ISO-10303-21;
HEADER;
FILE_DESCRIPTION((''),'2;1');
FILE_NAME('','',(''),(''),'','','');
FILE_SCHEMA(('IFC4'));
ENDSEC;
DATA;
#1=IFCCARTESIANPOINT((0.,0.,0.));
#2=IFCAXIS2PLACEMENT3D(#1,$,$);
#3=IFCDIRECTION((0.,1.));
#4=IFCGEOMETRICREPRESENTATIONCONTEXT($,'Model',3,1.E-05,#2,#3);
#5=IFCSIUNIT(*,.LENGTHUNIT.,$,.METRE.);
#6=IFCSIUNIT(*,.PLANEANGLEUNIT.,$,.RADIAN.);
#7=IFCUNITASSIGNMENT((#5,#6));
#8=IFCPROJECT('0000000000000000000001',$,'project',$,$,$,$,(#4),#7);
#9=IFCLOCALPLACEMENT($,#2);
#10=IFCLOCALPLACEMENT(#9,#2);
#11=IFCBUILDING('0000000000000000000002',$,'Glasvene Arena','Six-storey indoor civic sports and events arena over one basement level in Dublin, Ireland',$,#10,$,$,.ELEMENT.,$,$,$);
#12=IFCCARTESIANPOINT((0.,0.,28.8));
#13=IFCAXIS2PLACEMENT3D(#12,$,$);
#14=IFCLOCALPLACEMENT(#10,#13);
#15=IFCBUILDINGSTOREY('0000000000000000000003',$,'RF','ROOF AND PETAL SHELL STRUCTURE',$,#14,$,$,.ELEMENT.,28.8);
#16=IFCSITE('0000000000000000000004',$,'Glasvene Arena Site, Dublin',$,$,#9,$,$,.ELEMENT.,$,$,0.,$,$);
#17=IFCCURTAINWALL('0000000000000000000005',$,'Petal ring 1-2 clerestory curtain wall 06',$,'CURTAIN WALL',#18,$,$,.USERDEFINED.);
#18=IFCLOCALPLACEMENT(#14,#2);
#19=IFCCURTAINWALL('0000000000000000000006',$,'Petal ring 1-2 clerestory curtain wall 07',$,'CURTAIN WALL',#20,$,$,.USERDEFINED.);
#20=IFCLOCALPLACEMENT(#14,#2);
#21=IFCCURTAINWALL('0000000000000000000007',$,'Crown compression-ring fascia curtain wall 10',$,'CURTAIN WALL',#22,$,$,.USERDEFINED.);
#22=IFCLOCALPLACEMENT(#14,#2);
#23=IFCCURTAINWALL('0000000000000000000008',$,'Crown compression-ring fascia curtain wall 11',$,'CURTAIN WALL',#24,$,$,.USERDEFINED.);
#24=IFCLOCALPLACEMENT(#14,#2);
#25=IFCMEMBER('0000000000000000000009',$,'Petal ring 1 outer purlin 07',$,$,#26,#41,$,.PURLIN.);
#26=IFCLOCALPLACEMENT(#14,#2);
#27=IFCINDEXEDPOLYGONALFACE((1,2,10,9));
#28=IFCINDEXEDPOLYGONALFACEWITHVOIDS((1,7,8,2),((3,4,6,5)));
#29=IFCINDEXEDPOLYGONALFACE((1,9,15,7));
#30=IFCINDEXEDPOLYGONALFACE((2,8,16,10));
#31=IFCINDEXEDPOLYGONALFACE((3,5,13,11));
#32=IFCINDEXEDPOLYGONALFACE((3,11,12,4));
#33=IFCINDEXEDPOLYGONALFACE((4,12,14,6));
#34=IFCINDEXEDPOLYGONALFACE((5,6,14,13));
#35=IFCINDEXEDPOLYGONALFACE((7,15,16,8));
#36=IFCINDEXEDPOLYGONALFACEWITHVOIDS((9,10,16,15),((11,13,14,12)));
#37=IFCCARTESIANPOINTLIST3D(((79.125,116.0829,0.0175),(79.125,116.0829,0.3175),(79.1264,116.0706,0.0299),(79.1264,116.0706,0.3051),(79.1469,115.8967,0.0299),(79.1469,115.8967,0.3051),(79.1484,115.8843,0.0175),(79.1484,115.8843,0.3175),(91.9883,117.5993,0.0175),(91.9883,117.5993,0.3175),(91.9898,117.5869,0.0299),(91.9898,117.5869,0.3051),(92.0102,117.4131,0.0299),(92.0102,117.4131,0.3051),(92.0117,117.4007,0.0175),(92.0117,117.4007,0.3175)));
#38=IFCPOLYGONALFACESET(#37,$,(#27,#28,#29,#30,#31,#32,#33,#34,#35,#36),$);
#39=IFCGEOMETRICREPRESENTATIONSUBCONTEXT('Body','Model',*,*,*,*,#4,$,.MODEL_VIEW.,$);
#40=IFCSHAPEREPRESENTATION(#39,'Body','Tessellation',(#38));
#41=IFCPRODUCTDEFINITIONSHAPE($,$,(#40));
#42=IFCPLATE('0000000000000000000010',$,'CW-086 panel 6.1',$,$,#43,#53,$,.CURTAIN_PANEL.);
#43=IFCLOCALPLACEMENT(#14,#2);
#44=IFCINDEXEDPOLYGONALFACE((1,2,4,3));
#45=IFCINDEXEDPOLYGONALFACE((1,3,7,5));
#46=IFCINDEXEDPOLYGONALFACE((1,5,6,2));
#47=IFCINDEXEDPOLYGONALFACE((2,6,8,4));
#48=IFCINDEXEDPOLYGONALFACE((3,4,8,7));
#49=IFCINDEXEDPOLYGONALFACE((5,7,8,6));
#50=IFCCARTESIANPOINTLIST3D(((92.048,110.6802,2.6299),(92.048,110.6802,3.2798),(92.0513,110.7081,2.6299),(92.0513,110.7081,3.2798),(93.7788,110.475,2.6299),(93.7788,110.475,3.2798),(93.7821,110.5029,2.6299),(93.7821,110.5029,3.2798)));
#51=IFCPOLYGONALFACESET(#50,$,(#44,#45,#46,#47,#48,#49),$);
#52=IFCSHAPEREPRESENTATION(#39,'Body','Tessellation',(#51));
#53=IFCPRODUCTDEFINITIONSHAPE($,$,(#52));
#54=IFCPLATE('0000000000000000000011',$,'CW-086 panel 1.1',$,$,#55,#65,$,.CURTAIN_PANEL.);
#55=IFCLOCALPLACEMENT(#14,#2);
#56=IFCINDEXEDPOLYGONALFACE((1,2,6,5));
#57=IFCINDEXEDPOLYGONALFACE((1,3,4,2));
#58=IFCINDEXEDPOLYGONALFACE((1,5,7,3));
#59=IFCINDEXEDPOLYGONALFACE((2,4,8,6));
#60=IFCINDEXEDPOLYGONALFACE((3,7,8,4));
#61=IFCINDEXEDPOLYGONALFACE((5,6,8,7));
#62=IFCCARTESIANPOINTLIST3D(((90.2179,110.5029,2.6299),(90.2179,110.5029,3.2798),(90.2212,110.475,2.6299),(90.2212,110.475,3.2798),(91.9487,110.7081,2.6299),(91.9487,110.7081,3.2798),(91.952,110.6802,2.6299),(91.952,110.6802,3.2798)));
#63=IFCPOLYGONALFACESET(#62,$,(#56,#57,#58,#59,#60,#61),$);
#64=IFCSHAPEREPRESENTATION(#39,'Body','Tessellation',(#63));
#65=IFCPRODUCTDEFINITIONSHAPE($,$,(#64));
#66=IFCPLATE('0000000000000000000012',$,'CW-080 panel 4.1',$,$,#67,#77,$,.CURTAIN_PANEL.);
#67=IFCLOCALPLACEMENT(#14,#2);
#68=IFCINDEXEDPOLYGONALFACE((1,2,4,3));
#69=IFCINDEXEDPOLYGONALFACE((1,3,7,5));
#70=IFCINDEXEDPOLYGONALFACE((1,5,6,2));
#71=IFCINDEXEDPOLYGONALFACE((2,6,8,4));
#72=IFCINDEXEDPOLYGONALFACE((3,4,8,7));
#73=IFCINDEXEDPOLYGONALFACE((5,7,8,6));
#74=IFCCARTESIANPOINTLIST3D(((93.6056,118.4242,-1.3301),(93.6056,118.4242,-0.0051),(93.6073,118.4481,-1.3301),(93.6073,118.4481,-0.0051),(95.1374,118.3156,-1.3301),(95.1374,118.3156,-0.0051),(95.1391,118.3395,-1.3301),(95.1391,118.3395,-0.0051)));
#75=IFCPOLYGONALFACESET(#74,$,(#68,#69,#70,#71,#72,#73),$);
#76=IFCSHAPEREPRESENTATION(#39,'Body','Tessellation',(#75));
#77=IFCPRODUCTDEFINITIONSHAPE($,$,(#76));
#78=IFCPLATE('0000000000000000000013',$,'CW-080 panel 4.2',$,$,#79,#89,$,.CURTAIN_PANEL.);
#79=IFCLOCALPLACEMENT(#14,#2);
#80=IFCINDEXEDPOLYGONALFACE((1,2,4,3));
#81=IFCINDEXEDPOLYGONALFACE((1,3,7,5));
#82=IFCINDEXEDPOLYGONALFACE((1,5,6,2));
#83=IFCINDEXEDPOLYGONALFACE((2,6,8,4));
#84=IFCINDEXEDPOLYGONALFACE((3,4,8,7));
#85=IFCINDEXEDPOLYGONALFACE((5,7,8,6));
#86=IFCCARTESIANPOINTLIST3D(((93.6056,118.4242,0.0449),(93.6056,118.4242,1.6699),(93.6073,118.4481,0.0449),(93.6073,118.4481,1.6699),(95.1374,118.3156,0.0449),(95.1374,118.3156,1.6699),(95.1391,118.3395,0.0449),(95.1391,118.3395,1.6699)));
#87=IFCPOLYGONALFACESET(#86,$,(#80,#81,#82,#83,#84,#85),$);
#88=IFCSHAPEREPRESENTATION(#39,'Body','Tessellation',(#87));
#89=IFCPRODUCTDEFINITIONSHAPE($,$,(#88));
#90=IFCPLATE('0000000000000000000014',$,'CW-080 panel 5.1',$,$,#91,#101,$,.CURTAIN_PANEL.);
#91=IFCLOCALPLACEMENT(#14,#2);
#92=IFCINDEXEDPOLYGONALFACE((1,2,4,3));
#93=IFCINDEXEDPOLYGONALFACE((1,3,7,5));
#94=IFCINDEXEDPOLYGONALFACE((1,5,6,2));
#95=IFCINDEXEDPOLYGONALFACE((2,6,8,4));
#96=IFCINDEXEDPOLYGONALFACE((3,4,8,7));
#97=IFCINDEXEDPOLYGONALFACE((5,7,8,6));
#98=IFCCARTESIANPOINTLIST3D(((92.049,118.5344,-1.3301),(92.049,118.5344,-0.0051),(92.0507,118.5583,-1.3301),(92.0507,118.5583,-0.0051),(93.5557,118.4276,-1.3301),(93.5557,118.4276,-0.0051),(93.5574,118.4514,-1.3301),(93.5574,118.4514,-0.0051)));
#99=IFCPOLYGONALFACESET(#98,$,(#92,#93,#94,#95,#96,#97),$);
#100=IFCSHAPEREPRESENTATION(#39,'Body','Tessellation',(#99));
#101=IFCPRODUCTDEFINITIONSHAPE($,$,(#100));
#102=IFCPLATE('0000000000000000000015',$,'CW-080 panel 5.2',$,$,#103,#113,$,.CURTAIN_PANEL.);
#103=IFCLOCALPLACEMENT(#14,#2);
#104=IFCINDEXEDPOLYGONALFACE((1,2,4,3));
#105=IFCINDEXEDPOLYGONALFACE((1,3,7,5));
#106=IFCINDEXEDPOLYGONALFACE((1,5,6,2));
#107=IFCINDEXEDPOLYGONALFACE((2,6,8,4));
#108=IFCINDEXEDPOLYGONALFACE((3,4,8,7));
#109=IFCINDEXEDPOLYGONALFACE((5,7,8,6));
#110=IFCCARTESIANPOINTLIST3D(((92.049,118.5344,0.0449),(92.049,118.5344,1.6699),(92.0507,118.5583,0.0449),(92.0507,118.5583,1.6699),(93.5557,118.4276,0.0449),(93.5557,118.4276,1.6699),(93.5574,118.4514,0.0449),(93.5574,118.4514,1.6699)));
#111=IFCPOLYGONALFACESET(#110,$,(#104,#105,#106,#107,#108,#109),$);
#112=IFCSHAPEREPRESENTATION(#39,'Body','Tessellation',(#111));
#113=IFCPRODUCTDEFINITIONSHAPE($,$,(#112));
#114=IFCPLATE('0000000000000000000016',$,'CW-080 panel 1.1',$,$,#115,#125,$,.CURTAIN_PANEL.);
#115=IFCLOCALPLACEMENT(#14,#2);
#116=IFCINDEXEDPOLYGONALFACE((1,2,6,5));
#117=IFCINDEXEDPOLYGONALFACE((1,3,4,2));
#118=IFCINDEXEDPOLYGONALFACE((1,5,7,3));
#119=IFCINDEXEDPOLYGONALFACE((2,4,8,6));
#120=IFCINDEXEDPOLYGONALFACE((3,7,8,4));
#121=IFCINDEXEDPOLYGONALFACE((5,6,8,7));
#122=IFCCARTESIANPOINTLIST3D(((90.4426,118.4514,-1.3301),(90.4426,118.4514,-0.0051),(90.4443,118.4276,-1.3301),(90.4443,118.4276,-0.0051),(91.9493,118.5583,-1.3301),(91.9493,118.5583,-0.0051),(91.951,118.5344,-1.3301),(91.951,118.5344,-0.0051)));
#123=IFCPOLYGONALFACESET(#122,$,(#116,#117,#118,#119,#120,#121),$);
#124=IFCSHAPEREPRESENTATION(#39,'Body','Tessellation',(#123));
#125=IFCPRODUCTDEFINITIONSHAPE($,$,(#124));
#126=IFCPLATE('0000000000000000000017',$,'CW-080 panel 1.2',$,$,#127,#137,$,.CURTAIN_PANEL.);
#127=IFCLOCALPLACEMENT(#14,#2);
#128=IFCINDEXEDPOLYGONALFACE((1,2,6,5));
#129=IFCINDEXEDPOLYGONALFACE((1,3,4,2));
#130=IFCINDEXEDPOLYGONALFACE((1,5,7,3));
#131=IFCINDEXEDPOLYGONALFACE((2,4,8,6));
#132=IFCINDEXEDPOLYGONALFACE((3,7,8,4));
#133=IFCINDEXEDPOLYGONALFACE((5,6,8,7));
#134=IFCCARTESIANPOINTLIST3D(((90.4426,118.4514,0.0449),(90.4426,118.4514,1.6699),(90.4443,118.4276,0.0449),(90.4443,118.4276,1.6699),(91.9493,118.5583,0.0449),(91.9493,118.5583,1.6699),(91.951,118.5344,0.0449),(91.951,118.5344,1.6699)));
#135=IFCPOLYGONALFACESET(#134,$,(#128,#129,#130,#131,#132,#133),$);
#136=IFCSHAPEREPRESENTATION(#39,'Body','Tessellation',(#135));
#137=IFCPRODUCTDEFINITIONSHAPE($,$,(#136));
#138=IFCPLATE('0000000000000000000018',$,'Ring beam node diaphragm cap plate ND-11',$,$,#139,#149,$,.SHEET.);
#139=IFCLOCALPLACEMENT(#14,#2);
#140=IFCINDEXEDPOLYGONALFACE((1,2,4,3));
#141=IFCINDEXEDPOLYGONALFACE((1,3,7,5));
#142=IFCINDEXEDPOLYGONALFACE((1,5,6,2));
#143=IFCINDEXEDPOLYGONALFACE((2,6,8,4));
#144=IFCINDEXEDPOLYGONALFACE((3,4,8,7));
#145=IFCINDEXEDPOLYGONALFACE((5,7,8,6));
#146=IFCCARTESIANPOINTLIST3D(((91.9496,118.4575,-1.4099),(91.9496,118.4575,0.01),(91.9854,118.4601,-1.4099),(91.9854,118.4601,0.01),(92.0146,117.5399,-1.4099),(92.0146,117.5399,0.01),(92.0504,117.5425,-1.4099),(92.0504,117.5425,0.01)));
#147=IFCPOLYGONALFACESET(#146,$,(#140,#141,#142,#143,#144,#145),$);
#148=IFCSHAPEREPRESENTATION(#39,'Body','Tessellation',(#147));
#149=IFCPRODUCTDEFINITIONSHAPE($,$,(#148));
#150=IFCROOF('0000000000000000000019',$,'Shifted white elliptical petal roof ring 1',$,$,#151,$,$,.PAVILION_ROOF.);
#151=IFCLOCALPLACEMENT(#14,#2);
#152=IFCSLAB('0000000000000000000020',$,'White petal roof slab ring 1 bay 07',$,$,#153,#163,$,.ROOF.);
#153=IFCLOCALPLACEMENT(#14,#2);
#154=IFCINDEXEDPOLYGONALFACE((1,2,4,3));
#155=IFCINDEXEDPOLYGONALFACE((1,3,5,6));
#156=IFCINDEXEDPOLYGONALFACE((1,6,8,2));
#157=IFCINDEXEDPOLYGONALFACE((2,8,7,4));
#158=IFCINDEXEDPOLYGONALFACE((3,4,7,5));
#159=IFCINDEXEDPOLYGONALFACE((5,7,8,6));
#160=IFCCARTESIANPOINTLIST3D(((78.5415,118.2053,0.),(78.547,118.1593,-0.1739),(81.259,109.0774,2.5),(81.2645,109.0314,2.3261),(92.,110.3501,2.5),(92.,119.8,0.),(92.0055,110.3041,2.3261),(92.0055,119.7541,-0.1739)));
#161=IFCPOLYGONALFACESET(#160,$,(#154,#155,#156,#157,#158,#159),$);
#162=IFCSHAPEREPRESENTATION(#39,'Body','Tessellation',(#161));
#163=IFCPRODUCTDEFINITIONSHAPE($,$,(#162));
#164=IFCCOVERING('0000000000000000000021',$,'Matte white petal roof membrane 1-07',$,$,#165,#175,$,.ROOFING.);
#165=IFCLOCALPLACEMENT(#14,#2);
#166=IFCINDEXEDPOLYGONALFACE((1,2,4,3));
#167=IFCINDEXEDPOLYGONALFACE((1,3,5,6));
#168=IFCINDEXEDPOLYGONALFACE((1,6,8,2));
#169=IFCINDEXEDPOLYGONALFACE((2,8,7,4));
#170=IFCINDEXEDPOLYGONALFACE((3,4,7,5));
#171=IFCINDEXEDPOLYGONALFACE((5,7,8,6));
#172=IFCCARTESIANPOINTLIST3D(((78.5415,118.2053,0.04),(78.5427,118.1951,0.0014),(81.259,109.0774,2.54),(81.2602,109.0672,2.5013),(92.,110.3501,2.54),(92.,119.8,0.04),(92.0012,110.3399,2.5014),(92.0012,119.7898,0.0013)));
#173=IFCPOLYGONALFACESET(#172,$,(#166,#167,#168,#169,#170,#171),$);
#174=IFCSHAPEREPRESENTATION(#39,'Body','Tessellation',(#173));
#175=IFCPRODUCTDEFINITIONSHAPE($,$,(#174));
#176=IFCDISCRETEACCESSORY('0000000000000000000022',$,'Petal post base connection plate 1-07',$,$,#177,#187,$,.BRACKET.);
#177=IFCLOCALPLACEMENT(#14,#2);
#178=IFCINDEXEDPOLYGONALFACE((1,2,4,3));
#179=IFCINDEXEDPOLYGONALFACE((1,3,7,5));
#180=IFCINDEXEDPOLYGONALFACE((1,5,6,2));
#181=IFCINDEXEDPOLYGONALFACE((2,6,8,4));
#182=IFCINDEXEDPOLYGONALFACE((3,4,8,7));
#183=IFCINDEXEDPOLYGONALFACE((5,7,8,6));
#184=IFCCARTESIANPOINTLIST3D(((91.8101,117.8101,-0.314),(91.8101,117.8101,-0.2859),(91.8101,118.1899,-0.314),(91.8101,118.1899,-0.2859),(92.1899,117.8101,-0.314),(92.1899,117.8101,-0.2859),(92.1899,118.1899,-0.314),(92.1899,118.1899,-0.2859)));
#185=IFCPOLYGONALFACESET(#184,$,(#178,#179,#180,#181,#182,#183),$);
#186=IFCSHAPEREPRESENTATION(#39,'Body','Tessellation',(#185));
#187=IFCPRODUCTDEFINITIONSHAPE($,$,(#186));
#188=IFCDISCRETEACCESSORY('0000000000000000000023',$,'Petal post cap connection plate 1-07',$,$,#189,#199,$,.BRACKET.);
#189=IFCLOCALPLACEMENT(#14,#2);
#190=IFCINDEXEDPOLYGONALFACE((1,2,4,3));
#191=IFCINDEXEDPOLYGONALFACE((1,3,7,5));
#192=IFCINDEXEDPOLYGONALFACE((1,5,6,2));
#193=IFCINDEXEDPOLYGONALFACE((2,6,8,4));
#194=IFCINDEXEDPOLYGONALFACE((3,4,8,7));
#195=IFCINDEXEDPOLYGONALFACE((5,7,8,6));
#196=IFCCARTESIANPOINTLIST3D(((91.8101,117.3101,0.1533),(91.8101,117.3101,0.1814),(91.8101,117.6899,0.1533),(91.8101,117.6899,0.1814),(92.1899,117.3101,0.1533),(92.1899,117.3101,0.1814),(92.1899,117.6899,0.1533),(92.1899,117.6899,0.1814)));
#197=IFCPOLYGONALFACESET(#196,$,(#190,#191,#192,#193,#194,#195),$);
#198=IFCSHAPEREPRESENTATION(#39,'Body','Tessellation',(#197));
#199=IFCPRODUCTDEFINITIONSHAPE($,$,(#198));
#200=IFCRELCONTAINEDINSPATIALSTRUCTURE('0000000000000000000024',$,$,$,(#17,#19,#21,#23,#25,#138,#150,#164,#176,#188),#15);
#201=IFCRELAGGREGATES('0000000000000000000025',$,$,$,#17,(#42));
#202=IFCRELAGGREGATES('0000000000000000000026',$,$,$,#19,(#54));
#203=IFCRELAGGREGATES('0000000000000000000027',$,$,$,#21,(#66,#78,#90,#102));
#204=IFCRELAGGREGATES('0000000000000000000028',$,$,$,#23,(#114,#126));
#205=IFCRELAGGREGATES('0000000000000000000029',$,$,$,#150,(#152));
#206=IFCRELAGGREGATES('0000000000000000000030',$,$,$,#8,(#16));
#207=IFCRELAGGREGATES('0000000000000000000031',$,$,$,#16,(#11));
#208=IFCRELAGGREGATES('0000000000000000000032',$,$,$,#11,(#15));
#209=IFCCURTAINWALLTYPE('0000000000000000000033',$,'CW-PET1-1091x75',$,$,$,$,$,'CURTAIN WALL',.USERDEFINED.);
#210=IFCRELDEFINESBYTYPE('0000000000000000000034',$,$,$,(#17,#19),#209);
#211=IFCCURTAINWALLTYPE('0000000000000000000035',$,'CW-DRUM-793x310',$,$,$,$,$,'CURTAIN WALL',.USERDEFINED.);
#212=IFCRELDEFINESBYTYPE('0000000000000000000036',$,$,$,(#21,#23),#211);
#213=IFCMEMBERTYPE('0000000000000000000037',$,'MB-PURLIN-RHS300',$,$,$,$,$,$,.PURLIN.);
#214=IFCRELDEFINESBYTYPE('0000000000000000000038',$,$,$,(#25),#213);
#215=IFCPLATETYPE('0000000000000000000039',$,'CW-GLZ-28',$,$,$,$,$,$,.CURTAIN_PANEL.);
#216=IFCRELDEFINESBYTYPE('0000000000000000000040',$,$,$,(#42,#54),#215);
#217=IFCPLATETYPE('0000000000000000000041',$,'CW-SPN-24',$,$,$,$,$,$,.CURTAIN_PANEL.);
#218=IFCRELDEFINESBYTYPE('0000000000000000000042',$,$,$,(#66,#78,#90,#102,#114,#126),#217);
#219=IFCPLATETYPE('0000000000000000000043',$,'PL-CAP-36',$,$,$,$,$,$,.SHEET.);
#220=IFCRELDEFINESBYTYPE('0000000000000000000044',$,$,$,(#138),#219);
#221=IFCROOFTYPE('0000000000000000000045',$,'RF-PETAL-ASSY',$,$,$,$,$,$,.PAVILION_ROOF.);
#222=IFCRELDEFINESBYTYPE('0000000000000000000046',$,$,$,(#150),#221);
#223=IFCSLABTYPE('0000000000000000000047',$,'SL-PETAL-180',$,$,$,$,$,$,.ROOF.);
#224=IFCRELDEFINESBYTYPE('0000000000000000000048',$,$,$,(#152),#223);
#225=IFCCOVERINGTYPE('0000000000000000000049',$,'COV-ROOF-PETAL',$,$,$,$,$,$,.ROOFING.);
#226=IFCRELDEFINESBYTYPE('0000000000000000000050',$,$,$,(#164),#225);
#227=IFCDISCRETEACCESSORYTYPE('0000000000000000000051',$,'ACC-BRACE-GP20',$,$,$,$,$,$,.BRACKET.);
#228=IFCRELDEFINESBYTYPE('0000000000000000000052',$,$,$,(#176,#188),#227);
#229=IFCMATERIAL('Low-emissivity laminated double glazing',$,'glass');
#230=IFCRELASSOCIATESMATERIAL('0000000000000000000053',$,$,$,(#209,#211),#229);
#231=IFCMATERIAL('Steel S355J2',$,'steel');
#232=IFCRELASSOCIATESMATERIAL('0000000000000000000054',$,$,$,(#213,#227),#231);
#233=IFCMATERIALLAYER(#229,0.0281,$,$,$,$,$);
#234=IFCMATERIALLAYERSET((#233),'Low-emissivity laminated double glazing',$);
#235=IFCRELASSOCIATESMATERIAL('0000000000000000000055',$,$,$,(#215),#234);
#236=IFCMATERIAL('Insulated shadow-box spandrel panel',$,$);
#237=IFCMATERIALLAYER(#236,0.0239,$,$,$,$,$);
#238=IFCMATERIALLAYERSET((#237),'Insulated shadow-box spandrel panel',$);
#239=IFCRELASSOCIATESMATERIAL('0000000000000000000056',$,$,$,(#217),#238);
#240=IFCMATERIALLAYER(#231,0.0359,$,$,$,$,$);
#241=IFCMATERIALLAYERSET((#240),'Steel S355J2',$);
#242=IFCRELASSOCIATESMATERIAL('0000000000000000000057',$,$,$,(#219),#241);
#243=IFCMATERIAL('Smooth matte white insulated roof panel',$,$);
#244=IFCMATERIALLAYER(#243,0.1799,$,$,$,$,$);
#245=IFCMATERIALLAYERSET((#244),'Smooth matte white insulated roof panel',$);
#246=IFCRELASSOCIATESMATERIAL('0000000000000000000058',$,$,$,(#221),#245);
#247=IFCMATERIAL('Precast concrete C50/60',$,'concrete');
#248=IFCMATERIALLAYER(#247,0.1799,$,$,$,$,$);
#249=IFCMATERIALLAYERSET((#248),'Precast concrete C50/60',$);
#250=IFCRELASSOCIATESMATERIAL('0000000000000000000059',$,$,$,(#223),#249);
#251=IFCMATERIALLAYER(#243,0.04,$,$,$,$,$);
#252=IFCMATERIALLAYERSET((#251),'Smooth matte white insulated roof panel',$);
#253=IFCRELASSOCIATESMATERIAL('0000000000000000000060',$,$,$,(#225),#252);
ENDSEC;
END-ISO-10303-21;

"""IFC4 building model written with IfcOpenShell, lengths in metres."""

from ifc_helpers import new_model, si_unit, direction, frame, origin, origin_2d, place, context, subcontext, project, spatial, polyline, rectangle, hollow_rectangle, outline, extrude, material, layer, layer_set, material_profile, profile_set, type_object, element, aggregate, save


model = new_model("IFC4")

# Units and contexts
model_context = context("Model", 3, precision=1e-05, world=origin(), true_north=direction((0.0, 1.0)))
body_context = subcontext(model_context, "Body", "Model", "MODEL_VIEW")
ifc_project = project(units=[si_unit("LENGTHUNIT", "METRE"), si_unit("PLANEANGLEUNIT", "RADIAN")], contexts=[model_context])

# Site, building, storey
site_placement = place(None, origin())
site = spatial("IfcSite", under=ifc_project, at=site_placement, Name="Glasvene Arena Site, Dublin", CompositionType="ELEMENT", RefElevation=0.0)
building_placement = place(site_placement, origin())
building = spatial("IfcBuilding", under=site, at=building_placement, Name="Glasvene Arena", Description="Six-storey indoor civic sports and events arena over one basement level in Dublin, Ireland", CompositionType="ELEMENT")
storey_placement = place(building_placement, frame((0.0, 0.0, 28.8)))
storey = spatial("IfcBuildingStorey", under=building, at=storey_placement, Name="RF", Description="ROOF AND PETAL SHELL STRUCTURE", CompositionType="ELEMENT", Elevation=28.8)

# Shared definitions
ifc_material_1 = material(Name="Steel S355J2", Category="steel")

# Curtain wall
ifc_material_2 = material(Name="Low-emissivity laminated double glazing", Category="glass")
curtain_wall_type_1 = type_object("IfcCurtainWallType", Name="CW-PET1-1091x75", ElementType="CURTAIN WALL", PredefinedType="USERDEFINED", material=ifc_material_2)
curtain_wall_1_placement = place(storey_placement, frame((102.8315, 109.4153, 0.0)))
curtain_wall_1 = element("IfcCurtainWall", 1, at=curtain_wall_1_placement, inside=storey, type_object=curtain_wall_type_1, Name="Petal ring 1-2 clerestory curtain wall 06", ObjectType="CURTAIN WALL", PredefinedType="USERDEFINED")

# Curtain wall
curtain_wall_2_placement = place(storey_placement, frame((92.0, 110.7, 0.0)))
curtain_wall_2 = element("IfcCurtainWall", 2, at=curtain_wall_2_placement, inside=storey, type_object=curtain_wall_type_1, Name="Petal ring 1-2 clerestory curtain wall 07", ObjectType="CURTAIN WALL", PredefinedType="USERDEFINED")

# Curtain wall
curtain_wall_type_2 = type_object("IfcCurtainWallType", Name="CW-DRUM-793x310", ElementType="CURTAIN WALL", PredefinedType="USERDEFINED", material=ifc_material_2)
curtain_wall_3_placement = place(storey_placement, frame((99.9077, 117.9893, 0.0)))
curtain_wall_3 = element("IfcCurtainWall", 3, at=curtain_wall_3_placement, inside=storey, type_object=curtain_wall_type_2, Name="Crown compression-ring fascia curtain wall 10", ObjectType="CURTAIN WALL", PredefinedType="USERDEFINED")

# Curtain wall
curtain_wall_4_placement = place(storey_placement, frame((92.0, 118.55, 0.0)))
curtain_wall_4 = element("IfcCurtainWall", 4, at=curtain_wall_4_placement, inside=storey, type_object=curtain_wall_type_2, Name="Crown compression-ring fascia curtain wall 11", ObjectType="CURTAIN WALL", PredefinedType="USERDEFINED")

# Member
ifc_material_profile_1 = material_profile(ifc_material_1, hollow_rectangle(XDim=0.2, YDim=0.3, WallThickness=0.0125, at=origin_2d()), Name="RHS 300x200x12.5")
ifc_profile_set_1 = profile_set([ifc_material_profile_1], Name="Steel S355J2")
member_type_1 = type_object("IfcMemberType", Name="MB-PURLIN-RHS300", PredefinedType="PURLIN", material=ifc_profile_set_1)
member_1_placement = place(storey_placement, frame((92.0, 117.5, 0.1675), z_axis=(-0.993123, -0.117072, 0.0), x_axis=(0.117072, -0.993123, 0.0)))
element("IfcMember", 5, at=member_1_placement, inside=storey, type_object=member_type_1, Name="Petal ring 1 outer purlin 07", PredefinedType="PURLIN", context=body_context, shape_type="SweptSolid", body=[
    extrude(hollow_rectangle(XDim=0.2, YDim=0.3, WallThickness=0.0125, at=origin_2d()), origin(), (0.0, 0.0, 1.0), 12.9524),
])

# Plates
ifc_layer_1 = layer(ifc_material_2, 0.0281)
ifc_layer_set_1 = layer_set([ifc_layer_1], Name="Low-emissivity laminated double glazing")
plate_type_1 = type_object("IfcPlateType", Name="CW-GLZ-28", PredefinedType="CURTAIN_PANEL", material=ifc_layer_set_1)
plate_1_placement = place(storey_placement, frame((92.915, 110.5916, 2.6299), z_axis=(0.0, 0.0, 1.0), x_axis=(-0.993041, 0.117772, 0.0)))
plate_1 = element("IfcPlate", 6, at=plate_1_placement, type_object=plate_type_1, Name="CW-086 panel 6.1", PredefinedType="CURTAIN_PANEL", context=body_context, shape_type="SweptSolid", body=[
    extrude(rectangle(XDim=1.7429, YDim=0.0281, at=origin_2d()), origin(), (0.0, 0.0, 1.0), 0.6499),
])
aggregate(curtain_wall_1, [plate_1])
plate_2_placement = place(storey_placement, frame((91.085, 110.5916, 2.6299), z_axis=(0.0, 0.0, 1.0), x_axis=(-0.993041, -0.117772, 0.0)))
plate_2 = element("IfcPlate", 7, at=plate_2_placement, type_object=plate_type_1, Name="CW-086 panel 1.1", PredefinedType="CURTAIN_PANEL", context=body_context, shape_type="SweptSolid", body=[
    extrude(rectangle(XDim=1.7429, YDim=0.0281, at=origin_2d()), origin(), (0.0, 0.0, 1.0), 0.6499),
])
aggregate(curtain_wall_2, [plate_2])
ifc_material_3 = material(Name="Insulated shadow-box spandrel panel")
ifc_layer_2 = layer(ifc_material_3, 0.0239)
ifc_layer_set_2 = layer_set([ifc_layer_2], Name="Insulated shadow-box spandrel panel")
plate_type_2 = type_object("IfcPlateType", Name="CW-SPN-24", PredefinedType="CURTAIN_PANEL", material=ifc_layer_set_2)
plate_3_placement = place(storey_placement, frame((94.3723, 118.3818, -1.3301), z_axis=(0.0, 0.0, 1.0), x_axis=(-0.997495, 0.07074, 0.0)))
plate_3 = element("IfcPlate", 8, at=plate_3_placement, type_object=plate_type_2, Name="CW-080 panel 4.1", PredefinedType="CURTAIN_PANEL", context=body_context, shape_type="SweptSolid", body=[
    extrude(rectangle(XDim=1.5356, YDim=0.0239, at=origin_2d()), origin(), (0.0, 0.0, 1.0), 1.325),
])
plate_4_placement = place(storey_placement, frame((94.3723, 118.3818, 0.0449), z_axis=(0.0, 0.0, 1.0), x_axis=(-0.997495, 0.07074, 0.0)))
plate_4 = element("IfcPlate", 9, at=plate_4_placement, type_object=plate_type_2, Name="CW-080 panel 4.2", PredefinedType="CURTAIN_PANEL", context=body_context, shape_type="SweptSolid", body=[
    extrude(rectangle(XDim=1.5356, YDim=0.0239, at=origin_2d()), origin(), (0.0, 0.0, 1.0), 1.625),
])
plate_5_placement = place(storey_placement, frame((92.8032, 118.4929, -1.3301), z_axis=(0.0, 0.0, 1.0), x_axis=(-0.997495, 0.07074, 0.0)))
plate_5 = element("IfcPlate", 10, at=plate_5_placement, type_object=plate_type_2, Name="CW-080 panel 5.1", PredefinedType="CURTAIN_PANEL", context=body_context, shape_type="SweptSolid", body=[
    extrude(rectangle(XDim=1.5105, YDim=0.0239, at=origin_2d()), origin(), (0.0, 0.0, 1.0), 1.325),
])
plate_6_placement = place(storey_placement, frame((92.8032, 118.4929, 0.0449), z_axis=(0.0, 0.0, 1.0), x_axis=(-0.997495, 0.07074, 0.0)))
plate_6 = element("IfcPlate", 11, at=plate_6_placement, type_object=plate_type_2, Name="CW-080 panel 5.2", PredefinedType="CURTAIN_PANEL", context=body_context, shape_type="SweptSolid", body=[
    extrude(rectangle(XDim=1.5105, YDim=0.0239, at=origin_2d()), origin(), (0.0, 0.0, 1.0), 1.625),
])
aggregate(curtain_wall_3, [plate_3, plate_4, plate_5, plate_6])
plate_7_placement = place(storey_placement, frame((91.1968, 118.4929, -1.3301), z_axis=(0.0, 0.0, 1.0), x_axis=(-0.997495, -0.07074, 0.0)))
plate_7 = element("IfcPlate", 12, at=plate_7_placement, type_object=plate_type_2, Name="CW-080 panel 1.1", PredefinedType="CURTAIN_PANEL", context=body_context, shape_type="SweptSolid", body=[
    extrude(rectangle(XDim=1.5105, YDim=0.0239, at=origin_2d()), origin(), (0.0, 0.0, 1.0), 1.325),
])
plate_8_placement = place(storey_placement, frame((91.1968, 118.4929, 0.0449), z_axis=(0.0, 0.0, 1.0), x_axis=(-0.997495, -0.07074, 0.0)))
plate_8 = element("IfcPlate", 13, at=plate_8_placement, type_object=plate_type_2, Name="CW-080 panel 1.2", PredefinedType="CURTAIN_PANEL", context=body_context, shape_type="SweptSolid", body=[
    extrude(rectangle(XDim=1.5105, YDim=0.0239, at=origin_2d()), origin(), (0.0, 0.0, 1.0), 1.625),
])
aggregate(curtain_wall_4, [plate_7, plate_8])
ifc_layer_3 = layer(ifc_material_1, 0.0359)
ifc_layer_set_3 = layer_set([ifc_layer_3], Name="Steel S355J2")
plate_type_3 = type_object("IfcPlateType", Name="PL-CAP-36", PredefinedType="SHEET", material=ifc_layer_set_3)
plate_9_placement = place(storey_placement, frame((92.0, 118.0, -1.4099), z_axis=(0.0, 0.0, 1.0), x_axis=(-0.997503, -0.070627, 0.0)))
element("IfcPlate", 14, at=plate_9_placement, inside=storey, type_object=plate_type_3, Name="Ring beam node diaphragm cap plate ND-11", PredefinedType="SHEET", context=body_context, shape_type="SweptSolid", body=[
    extrude(rectangle(XDim=0.0359, YDim=0.9199, at=origin_2d()), origin(), (0.0, 0.0, 1.0), 1.4199),
])

# Roof, slab
ifc_material_4 = material(Name="Smooth matte white insulated roof panel")
ifc_layer_4 = layer(ifc_material_4, 0.1799)
ifc_layer_set_4 = layer_set([ifc_layer_4], Name="Smooth matte white insulated roof panel")
roof_type = type_object("IfcRoofType", Name="RF-PETAL-ASSY", PredefinedType="PAVILION_ROOF", material=ifc_layer_set_4)
roof_placement = place(storey_placement, frame((92.0, 73.0, 0.0)))
roof = element("IfcRoof", 15, at=roof_placement, inside=storey, type_object=roof_type, Name="Shifted white elliptical petal roof ring 1", PredefinedType="PAVILION_ROOF")
ifc_material_5 = material(Name="Precast concrete C50/60", Category="concrete")
ifc_layer_5 = layer(ifc_material_5, 0.1799)
ifc_layer_set_5 = layer_set([ifc_layer_5], Name="Precast concrete C50/60")
slab_type = type_object("IfcSlabType", Name="SL-PETAL-180", PredefinedType="ROOF", material=ifc_layer_set_5)
slab_placement = place(storey_placement, frame((92.0, 119.8, 0.0), z_axis=(-0.030291, 0.255636, 0.966298), x_axis=(-0.993053, -0.117669, 0.0)))
slab = element("IfcSlab", 16, at=slab_placement, type_object=slab_type, Name="White petal roof slab ring 1 bay 07", PredefinedType="ROOF", context=body_context, shape_type="SweptSolid", body=[
    extrude(outline(polyline([(0.0, 0.0), (13.5526, 0.0), (11.9281, 9.7116), (1.112, 9.7116), (0.0, 0.0)])), origin(), (0.0, 0.0, -1.0), 0.1799),
])
aggregate(roof, [slab])

# Covering
ifc_layer_6 = layer(ifc_material_4, 0.04)
ifc_layer_set_6 = layer_set([ifc_layer_6], Name="Smooth matte white insulated roof panel")
covering_type = type_object("IfcCoveringType", Name="COV-ROOF-PETAL", PredefinedType="ROOFING", material=ifc_layer_set_6)
covering_placement = place(storey_placement, frame((92.0, 119.8, 0.04), z_axis=(-0.030291, 0.255636, 0.966298), x_axis=(-0.993053, -0.117669, 0.0)))
element("IfcCovering", 17, at=covering_placement, inside=storey, type_object=covering_type, Name="Matte white petal roof membrane 1-07", PredefinedType="ROOFING", context=body_context, shape_type="SweptSolid", body=[
    extrude(outline(polyline([(0.0, 0.0), (13.5526, 0.0), (11.9281, 9.7116), (1.112, 9.7116), (0.0, 0.0)])), origin(), (0.0, 0.0, -1.0), 0.04),
])

# Discrete accessories
discrete_accessory_type = type_object("IfcDiscreteAccessoryType", Name="ACC-BRACE-GP20", PredefinedType="BRACKET", material=ifc_material_1)
for number, where, z_axis, x_axis, name in (
    (18, (92.0, 118.0, -0.314), (0.0, 0.0, 1.0), (1.0, 0.0, 0.0), "Petal post base connection plate 1-07"),
    (19, (92.0, 117.5, 0.1533), (0.0, 0.0, 1.0), (1.0, 0.0, 0.0), "Petal post cap connection plate 1-07"),
):
    element("IfcDiscreteAccessory", number, at=place(storey_placement, frame(where, z_axis=z_axis, x_axis=x_axis)), inside=storey, type_object=discrete_accessory_type, Name=name, PredefinedType="BRACKET", context=body_context, shape_type="SweptSolid", body=[
        extrude(rectangle(XDim=0.3799, YDim=0.3799, at=origin_2d()), origin(), (0.0, 0.0, 1.0), 0.0281),
    ])

save(model, "model.ifc")
